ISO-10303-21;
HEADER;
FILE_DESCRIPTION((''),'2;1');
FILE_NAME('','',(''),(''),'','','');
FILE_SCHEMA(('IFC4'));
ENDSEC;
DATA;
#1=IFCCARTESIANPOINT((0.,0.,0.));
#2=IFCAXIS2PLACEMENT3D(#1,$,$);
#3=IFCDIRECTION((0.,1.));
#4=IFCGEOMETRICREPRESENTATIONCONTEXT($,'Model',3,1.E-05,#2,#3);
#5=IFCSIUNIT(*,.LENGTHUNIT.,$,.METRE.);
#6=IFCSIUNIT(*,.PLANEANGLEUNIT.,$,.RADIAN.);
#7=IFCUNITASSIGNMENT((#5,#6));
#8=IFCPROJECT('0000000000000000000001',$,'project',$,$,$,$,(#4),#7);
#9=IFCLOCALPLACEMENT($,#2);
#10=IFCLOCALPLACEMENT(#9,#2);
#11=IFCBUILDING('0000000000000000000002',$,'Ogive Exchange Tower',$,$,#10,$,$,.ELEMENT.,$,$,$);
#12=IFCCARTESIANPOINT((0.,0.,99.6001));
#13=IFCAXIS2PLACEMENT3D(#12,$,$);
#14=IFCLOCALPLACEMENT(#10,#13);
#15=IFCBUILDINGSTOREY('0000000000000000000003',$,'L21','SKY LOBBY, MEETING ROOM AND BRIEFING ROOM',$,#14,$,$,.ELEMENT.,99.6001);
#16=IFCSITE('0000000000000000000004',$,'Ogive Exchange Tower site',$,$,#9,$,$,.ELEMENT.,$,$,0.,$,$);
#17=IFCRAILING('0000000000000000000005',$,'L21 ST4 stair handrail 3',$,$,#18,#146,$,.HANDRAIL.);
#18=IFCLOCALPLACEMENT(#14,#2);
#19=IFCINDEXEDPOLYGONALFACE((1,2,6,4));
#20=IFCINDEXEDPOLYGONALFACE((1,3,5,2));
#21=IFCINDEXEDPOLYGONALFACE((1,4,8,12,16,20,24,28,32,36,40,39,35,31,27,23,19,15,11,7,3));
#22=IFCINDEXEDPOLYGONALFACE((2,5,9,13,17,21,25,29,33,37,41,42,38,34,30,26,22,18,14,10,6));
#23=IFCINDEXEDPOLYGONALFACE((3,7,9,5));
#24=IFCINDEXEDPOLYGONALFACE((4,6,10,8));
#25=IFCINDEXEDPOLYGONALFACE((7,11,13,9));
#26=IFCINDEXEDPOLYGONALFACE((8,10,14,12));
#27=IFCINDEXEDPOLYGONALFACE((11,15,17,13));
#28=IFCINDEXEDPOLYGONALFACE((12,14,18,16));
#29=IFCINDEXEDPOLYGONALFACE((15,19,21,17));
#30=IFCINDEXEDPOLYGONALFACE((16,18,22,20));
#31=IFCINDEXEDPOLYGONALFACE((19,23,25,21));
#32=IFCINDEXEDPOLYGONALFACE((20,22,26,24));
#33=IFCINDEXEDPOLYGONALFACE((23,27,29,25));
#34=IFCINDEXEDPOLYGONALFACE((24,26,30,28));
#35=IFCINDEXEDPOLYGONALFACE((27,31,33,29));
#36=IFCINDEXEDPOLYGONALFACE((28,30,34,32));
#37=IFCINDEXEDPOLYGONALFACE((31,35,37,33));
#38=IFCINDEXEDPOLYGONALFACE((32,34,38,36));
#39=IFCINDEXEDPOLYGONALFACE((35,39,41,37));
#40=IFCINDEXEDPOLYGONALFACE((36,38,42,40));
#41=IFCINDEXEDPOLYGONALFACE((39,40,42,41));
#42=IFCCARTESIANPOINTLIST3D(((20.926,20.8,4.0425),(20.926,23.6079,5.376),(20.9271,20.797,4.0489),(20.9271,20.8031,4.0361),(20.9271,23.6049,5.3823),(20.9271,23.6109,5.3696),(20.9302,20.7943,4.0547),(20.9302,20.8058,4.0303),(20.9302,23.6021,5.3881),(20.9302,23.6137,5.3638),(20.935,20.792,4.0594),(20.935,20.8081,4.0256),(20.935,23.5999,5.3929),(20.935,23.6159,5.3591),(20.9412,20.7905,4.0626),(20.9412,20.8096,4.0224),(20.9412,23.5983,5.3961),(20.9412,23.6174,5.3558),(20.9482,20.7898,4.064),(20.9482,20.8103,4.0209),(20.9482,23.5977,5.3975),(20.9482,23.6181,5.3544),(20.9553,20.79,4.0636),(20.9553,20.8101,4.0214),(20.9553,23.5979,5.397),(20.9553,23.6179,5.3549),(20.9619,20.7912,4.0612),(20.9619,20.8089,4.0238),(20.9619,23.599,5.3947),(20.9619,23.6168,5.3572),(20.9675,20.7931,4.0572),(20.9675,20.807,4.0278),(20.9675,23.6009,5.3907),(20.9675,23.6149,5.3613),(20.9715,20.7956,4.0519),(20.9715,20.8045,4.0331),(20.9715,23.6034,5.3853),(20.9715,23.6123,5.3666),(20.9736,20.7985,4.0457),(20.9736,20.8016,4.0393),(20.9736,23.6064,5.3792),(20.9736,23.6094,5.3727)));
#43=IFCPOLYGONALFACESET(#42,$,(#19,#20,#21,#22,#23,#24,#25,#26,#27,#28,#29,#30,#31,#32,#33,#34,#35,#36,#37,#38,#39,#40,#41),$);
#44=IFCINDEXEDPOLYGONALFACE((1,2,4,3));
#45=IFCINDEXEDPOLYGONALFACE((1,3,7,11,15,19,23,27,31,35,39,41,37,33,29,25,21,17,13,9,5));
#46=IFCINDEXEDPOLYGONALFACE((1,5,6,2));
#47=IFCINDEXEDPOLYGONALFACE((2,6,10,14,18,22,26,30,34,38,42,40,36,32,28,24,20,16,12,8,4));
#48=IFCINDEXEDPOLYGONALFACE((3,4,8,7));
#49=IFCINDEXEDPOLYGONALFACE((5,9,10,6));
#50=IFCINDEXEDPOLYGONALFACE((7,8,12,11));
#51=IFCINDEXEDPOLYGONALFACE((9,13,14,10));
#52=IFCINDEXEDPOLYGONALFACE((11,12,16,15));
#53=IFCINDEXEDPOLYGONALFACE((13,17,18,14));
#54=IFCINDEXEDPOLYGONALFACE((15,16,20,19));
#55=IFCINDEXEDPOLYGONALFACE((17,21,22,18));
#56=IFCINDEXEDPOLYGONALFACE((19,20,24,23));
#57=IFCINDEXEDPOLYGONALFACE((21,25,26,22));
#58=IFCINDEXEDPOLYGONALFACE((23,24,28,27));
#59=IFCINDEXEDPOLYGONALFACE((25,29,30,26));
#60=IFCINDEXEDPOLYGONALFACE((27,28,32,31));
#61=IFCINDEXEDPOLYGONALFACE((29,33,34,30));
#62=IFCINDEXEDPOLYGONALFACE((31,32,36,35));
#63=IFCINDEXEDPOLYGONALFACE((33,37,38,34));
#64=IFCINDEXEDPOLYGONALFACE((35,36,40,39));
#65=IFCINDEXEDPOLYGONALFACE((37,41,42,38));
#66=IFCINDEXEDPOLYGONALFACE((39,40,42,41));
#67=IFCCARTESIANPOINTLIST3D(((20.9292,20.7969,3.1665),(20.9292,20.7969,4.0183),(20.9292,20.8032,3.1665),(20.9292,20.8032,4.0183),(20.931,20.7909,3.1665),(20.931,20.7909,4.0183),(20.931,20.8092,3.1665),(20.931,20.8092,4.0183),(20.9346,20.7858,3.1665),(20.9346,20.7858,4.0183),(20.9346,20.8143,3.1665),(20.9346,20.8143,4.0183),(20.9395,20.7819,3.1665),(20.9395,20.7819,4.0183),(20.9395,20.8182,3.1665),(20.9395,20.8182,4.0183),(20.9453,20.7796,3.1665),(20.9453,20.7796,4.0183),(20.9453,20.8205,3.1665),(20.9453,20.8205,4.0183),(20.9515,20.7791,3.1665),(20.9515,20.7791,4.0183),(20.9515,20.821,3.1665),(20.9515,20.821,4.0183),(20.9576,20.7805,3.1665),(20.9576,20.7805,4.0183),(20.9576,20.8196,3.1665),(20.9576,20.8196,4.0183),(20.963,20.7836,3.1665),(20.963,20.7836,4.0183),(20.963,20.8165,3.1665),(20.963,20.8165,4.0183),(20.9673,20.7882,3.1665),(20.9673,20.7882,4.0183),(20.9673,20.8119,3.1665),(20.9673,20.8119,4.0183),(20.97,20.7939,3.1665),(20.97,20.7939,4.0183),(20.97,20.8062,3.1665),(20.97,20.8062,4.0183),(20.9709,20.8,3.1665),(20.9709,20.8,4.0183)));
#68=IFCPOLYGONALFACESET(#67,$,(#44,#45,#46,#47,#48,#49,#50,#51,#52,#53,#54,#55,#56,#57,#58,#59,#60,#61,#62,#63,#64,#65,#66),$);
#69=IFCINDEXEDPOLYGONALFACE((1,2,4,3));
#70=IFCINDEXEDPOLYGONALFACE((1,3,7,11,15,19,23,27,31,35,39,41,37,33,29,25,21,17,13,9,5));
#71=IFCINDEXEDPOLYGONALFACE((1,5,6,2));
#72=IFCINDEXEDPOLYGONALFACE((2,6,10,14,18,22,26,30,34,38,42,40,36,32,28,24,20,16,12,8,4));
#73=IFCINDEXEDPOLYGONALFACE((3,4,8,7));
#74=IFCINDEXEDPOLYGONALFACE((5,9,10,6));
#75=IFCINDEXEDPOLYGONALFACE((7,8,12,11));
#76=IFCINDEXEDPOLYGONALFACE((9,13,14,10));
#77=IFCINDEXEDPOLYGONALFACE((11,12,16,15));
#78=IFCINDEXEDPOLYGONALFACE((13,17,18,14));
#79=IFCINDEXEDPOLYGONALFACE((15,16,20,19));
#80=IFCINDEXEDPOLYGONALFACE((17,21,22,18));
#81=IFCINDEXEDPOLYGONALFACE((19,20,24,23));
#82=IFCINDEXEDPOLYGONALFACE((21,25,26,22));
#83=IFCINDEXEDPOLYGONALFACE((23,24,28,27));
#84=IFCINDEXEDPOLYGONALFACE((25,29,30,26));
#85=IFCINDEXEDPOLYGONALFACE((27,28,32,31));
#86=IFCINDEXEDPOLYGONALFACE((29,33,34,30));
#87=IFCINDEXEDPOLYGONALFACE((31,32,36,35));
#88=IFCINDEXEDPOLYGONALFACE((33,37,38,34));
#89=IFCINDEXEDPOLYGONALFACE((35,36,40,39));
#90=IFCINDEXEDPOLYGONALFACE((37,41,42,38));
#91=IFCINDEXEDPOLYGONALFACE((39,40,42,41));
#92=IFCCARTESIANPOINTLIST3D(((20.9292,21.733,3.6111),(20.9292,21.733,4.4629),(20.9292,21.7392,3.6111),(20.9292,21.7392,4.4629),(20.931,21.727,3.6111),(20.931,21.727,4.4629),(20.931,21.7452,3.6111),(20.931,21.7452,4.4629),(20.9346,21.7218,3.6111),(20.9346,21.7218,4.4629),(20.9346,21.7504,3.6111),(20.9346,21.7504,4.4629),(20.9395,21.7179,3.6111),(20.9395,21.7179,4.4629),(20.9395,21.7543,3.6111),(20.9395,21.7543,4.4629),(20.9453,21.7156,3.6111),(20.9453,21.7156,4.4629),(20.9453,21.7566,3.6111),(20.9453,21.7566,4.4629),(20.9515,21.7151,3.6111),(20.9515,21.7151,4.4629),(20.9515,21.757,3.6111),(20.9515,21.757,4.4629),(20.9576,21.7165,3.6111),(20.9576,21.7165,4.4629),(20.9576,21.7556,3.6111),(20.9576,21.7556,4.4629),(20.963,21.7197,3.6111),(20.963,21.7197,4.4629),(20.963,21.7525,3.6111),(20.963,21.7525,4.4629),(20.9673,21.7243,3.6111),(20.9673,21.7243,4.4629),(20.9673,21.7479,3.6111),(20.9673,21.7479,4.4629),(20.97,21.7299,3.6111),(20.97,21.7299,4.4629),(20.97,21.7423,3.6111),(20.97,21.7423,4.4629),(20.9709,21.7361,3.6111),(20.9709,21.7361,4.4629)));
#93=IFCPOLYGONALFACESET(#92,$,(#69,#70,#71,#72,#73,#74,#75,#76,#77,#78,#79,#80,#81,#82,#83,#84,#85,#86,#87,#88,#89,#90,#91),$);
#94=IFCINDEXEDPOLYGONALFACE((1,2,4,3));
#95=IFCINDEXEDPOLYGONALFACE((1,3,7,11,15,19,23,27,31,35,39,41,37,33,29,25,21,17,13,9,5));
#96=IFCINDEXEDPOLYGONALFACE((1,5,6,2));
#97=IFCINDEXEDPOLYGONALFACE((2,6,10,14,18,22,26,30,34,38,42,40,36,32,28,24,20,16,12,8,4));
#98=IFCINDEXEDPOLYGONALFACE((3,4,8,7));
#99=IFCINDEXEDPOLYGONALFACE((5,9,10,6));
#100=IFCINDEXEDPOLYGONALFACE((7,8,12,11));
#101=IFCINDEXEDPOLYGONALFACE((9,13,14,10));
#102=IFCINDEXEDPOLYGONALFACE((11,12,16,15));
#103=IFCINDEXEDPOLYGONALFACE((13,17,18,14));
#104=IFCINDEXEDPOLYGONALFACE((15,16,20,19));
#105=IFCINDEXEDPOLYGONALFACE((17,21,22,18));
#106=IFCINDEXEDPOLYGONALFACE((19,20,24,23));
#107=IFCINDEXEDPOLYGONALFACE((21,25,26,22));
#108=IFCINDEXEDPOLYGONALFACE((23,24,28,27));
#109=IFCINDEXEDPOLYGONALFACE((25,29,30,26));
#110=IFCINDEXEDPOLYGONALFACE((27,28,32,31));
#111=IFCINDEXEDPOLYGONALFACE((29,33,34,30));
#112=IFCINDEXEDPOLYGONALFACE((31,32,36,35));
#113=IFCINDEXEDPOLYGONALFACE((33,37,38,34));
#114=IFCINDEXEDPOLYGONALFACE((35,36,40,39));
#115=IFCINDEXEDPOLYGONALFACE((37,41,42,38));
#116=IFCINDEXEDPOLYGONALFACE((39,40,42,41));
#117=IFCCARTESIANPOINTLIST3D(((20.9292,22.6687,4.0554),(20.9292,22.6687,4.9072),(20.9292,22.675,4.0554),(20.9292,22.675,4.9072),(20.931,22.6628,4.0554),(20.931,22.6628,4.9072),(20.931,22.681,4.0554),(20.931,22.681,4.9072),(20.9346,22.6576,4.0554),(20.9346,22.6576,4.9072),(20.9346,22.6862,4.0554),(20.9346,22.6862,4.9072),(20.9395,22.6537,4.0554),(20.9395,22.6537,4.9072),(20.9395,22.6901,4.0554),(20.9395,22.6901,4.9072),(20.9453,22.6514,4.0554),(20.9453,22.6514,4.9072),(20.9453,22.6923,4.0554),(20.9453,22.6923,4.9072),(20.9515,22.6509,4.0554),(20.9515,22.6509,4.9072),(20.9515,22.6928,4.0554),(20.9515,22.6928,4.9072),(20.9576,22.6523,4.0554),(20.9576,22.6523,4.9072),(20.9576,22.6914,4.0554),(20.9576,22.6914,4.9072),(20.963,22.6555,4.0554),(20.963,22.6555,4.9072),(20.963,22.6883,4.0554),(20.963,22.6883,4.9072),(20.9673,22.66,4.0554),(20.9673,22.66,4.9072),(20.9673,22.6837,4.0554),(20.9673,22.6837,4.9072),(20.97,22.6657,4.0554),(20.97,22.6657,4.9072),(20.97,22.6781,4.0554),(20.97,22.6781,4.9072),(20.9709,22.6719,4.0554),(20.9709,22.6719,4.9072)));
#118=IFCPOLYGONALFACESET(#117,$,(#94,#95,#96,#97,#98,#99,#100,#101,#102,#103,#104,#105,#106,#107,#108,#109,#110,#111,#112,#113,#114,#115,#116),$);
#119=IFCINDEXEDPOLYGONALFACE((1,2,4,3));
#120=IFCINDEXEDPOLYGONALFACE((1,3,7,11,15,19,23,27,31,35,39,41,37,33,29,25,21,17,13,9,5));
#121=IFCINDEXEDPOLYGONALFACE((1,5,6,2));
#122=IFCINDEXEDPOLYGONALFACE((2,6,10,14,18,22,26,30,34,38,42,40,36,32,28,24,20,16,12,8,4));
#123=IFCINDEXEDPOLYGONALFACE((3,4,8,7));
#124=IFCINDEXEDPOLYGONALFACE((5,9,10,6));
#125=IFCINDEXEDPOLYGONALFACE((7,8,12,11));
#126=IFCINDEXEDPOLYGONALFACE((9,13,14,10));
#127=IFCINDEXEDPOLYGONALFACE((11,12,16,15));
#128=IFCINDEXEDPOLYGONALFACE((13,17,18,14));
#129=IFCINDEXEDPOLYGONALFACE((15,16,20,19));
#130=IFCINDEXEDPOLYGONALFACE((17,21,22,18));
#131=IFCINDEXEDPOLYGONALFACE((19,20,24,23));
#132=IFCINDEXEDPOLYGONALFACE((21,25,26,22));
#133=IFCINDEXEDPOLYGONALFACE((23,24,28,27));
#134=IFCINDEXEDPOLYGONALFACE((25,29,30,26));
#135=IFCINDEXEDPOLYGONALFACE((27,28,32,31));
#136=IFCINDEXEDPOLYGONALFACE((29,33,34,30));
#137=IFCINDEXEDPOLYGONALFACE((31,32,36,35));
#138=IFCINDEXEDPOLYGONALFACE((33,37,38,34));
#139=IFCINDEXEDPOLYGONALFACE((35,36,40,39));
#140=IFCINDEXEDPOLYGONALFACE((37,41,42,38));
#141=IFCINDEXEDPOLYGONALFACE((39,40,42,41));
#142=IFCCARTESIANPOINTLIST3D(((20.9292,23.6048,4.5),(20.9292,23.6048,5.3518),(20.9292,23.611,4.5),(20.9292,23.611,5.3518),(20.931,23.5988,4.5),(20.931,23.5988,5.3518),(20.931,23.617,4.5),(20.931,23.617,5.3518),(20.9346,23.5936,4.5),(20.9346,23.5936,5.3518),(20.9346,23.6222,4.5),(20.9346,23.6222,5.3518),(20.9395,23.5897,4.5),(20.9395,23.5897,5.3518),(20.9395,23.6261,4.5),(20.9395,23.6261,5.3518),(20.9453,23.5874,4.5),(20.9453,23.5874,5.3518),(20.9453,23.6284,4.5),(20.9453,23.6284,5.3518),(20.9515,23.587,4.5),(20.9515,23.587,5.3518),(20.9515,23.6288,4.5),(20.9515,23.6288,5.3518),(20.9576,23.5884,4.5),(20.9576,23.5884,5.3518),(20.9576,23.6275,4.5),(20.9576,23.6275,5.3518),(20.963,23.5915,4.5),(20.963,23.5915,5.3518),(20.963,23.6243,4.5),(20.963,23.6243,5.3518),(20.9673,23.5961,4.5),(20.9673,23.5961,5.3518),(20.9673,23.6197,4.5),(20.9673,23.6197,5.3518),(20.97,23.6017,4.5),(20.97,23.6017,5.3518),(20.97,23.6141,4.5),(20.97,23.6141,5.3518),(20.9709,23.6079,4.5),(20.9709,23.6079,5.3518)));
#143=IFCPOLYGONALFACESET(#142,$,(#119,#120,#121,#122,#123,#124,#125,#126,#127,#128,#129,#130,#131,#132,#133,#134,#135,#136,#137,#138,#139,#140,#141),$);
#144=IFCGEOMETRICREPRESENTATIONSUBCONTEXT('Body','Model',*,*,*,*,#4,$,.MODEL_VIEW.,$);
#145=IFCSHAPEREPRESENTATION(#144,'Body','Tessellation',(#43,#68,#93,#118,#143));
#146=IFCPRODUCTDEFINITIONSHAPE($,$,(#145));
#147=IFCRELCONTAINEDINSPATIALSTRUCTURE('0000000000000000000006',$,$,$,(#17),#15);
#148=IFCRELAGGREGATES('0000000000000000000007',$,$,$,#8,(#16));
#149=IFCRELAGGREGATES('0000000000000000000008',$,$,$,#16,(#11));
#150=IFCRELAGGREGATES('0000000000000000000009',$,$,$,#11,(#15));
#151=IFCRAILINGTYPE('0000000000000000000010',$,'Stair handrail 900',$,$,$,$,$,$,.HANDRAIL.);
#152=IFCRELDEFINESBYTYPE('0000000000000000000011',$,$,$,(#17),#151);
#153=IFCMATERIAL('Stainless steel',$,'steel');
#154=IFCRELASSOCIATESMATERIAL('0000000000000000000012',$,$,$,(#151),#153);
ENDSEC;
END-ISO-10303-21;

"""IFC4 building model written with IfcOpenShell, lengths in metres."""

from ifc_helpers import new_model, si_unit, direction, frame, origin, origin_2d, place, context, subcontext, project, spatial, circle, extrude, material, type_object, element, save


model = new_model("IFC4")

# Units and contexts
model_context = context("Model", 3, precision=1e-05, world=origin(), true_north=direction((0.0, 1.0)))
body_context = subcontext(model_context, "Body", "Model", "MODEL_VIEW")
ifc_project = project(units=[si_unit("LENGTHUNIT", "METRE"), si_unit("PLANEANGLEUNIT", "RADIAN")], contexts=[model_context])

# Site, building, storey
site_placement = place(None, origin())
site = spatial("IfcSite", under=ifc_project, at=site_placement, Name="Ogive Exchange Tower site", CompositionType="ELEMENT", RefElevation=0.0)
building_placement = place(site_placement, origin())
building = spatial("IfcBuilding", under=site, at=building_placement, Name="Ogive Exchange Tower", CompositionType="ELEMENT")
storey_placement = place(building_placement, frame((0.0, 0.0, 99.6001)))
storey = spatial("IfcBuildingStorey", under=building, at=storey_placement, Name="L21", Description="SKY LOBBY, MEETING ROOM AND BRIEFING ROOM", CompositionType="ELEMENT", Elevation=99.6001)

# Railing
ifc_material_1 = material(Name="Stainless steel", Category="steel")
railing_type = type_object("IfcRailingType", Name="Stair handrail 900", PredefinedType="HANDRAIL", material=ifc_material_1)
for number, where, name in (
    (1, (20.95, 20.8, 3.1665), "L21 ST4 stair handrail 3"),
):
    element("IfcRailing", number, at=place(storey_placement, frame(where)), inside=storey, type_object=railing_type, Name=name, PredefinedType="HANDRAIL", context=body_context, shape_type="SweptSolid", body=[
        extrude(circle(Radius=0.0239, at=origin_2d()), frame((0.0, 0.0, 0.876), z_axis=(0.0, 0.903307, 0.428994), x_axis=(-1.0, 0.0, 0.0)), (0.0, 0.0, 1.0), 3.1084),
        extrude(circle(Radius=0.021, at=origin_2d()), origin(), (0.0, 0.0, 1.0), 0.8518),
        extrude(circle(Radius=0.021, at=origin_2d()), frame((0.0, 0.936, 0.4446)), (0.0, 0.0, 1.0), 0.8518),
        extrude(circle(Radius=0.021, at=origin_2d()), frame((0.0, 1.8718, 0.8889)), (0.0, 0.0, 1.0), 0.8518),
        extrude(circle(Radius=0.021, at=origin_2d()), frame((0.0, 2.8079, 1.3335)), (0.0, 0.0, 1.0), 0.8518),
    ])

save(model, "model.ifc")
